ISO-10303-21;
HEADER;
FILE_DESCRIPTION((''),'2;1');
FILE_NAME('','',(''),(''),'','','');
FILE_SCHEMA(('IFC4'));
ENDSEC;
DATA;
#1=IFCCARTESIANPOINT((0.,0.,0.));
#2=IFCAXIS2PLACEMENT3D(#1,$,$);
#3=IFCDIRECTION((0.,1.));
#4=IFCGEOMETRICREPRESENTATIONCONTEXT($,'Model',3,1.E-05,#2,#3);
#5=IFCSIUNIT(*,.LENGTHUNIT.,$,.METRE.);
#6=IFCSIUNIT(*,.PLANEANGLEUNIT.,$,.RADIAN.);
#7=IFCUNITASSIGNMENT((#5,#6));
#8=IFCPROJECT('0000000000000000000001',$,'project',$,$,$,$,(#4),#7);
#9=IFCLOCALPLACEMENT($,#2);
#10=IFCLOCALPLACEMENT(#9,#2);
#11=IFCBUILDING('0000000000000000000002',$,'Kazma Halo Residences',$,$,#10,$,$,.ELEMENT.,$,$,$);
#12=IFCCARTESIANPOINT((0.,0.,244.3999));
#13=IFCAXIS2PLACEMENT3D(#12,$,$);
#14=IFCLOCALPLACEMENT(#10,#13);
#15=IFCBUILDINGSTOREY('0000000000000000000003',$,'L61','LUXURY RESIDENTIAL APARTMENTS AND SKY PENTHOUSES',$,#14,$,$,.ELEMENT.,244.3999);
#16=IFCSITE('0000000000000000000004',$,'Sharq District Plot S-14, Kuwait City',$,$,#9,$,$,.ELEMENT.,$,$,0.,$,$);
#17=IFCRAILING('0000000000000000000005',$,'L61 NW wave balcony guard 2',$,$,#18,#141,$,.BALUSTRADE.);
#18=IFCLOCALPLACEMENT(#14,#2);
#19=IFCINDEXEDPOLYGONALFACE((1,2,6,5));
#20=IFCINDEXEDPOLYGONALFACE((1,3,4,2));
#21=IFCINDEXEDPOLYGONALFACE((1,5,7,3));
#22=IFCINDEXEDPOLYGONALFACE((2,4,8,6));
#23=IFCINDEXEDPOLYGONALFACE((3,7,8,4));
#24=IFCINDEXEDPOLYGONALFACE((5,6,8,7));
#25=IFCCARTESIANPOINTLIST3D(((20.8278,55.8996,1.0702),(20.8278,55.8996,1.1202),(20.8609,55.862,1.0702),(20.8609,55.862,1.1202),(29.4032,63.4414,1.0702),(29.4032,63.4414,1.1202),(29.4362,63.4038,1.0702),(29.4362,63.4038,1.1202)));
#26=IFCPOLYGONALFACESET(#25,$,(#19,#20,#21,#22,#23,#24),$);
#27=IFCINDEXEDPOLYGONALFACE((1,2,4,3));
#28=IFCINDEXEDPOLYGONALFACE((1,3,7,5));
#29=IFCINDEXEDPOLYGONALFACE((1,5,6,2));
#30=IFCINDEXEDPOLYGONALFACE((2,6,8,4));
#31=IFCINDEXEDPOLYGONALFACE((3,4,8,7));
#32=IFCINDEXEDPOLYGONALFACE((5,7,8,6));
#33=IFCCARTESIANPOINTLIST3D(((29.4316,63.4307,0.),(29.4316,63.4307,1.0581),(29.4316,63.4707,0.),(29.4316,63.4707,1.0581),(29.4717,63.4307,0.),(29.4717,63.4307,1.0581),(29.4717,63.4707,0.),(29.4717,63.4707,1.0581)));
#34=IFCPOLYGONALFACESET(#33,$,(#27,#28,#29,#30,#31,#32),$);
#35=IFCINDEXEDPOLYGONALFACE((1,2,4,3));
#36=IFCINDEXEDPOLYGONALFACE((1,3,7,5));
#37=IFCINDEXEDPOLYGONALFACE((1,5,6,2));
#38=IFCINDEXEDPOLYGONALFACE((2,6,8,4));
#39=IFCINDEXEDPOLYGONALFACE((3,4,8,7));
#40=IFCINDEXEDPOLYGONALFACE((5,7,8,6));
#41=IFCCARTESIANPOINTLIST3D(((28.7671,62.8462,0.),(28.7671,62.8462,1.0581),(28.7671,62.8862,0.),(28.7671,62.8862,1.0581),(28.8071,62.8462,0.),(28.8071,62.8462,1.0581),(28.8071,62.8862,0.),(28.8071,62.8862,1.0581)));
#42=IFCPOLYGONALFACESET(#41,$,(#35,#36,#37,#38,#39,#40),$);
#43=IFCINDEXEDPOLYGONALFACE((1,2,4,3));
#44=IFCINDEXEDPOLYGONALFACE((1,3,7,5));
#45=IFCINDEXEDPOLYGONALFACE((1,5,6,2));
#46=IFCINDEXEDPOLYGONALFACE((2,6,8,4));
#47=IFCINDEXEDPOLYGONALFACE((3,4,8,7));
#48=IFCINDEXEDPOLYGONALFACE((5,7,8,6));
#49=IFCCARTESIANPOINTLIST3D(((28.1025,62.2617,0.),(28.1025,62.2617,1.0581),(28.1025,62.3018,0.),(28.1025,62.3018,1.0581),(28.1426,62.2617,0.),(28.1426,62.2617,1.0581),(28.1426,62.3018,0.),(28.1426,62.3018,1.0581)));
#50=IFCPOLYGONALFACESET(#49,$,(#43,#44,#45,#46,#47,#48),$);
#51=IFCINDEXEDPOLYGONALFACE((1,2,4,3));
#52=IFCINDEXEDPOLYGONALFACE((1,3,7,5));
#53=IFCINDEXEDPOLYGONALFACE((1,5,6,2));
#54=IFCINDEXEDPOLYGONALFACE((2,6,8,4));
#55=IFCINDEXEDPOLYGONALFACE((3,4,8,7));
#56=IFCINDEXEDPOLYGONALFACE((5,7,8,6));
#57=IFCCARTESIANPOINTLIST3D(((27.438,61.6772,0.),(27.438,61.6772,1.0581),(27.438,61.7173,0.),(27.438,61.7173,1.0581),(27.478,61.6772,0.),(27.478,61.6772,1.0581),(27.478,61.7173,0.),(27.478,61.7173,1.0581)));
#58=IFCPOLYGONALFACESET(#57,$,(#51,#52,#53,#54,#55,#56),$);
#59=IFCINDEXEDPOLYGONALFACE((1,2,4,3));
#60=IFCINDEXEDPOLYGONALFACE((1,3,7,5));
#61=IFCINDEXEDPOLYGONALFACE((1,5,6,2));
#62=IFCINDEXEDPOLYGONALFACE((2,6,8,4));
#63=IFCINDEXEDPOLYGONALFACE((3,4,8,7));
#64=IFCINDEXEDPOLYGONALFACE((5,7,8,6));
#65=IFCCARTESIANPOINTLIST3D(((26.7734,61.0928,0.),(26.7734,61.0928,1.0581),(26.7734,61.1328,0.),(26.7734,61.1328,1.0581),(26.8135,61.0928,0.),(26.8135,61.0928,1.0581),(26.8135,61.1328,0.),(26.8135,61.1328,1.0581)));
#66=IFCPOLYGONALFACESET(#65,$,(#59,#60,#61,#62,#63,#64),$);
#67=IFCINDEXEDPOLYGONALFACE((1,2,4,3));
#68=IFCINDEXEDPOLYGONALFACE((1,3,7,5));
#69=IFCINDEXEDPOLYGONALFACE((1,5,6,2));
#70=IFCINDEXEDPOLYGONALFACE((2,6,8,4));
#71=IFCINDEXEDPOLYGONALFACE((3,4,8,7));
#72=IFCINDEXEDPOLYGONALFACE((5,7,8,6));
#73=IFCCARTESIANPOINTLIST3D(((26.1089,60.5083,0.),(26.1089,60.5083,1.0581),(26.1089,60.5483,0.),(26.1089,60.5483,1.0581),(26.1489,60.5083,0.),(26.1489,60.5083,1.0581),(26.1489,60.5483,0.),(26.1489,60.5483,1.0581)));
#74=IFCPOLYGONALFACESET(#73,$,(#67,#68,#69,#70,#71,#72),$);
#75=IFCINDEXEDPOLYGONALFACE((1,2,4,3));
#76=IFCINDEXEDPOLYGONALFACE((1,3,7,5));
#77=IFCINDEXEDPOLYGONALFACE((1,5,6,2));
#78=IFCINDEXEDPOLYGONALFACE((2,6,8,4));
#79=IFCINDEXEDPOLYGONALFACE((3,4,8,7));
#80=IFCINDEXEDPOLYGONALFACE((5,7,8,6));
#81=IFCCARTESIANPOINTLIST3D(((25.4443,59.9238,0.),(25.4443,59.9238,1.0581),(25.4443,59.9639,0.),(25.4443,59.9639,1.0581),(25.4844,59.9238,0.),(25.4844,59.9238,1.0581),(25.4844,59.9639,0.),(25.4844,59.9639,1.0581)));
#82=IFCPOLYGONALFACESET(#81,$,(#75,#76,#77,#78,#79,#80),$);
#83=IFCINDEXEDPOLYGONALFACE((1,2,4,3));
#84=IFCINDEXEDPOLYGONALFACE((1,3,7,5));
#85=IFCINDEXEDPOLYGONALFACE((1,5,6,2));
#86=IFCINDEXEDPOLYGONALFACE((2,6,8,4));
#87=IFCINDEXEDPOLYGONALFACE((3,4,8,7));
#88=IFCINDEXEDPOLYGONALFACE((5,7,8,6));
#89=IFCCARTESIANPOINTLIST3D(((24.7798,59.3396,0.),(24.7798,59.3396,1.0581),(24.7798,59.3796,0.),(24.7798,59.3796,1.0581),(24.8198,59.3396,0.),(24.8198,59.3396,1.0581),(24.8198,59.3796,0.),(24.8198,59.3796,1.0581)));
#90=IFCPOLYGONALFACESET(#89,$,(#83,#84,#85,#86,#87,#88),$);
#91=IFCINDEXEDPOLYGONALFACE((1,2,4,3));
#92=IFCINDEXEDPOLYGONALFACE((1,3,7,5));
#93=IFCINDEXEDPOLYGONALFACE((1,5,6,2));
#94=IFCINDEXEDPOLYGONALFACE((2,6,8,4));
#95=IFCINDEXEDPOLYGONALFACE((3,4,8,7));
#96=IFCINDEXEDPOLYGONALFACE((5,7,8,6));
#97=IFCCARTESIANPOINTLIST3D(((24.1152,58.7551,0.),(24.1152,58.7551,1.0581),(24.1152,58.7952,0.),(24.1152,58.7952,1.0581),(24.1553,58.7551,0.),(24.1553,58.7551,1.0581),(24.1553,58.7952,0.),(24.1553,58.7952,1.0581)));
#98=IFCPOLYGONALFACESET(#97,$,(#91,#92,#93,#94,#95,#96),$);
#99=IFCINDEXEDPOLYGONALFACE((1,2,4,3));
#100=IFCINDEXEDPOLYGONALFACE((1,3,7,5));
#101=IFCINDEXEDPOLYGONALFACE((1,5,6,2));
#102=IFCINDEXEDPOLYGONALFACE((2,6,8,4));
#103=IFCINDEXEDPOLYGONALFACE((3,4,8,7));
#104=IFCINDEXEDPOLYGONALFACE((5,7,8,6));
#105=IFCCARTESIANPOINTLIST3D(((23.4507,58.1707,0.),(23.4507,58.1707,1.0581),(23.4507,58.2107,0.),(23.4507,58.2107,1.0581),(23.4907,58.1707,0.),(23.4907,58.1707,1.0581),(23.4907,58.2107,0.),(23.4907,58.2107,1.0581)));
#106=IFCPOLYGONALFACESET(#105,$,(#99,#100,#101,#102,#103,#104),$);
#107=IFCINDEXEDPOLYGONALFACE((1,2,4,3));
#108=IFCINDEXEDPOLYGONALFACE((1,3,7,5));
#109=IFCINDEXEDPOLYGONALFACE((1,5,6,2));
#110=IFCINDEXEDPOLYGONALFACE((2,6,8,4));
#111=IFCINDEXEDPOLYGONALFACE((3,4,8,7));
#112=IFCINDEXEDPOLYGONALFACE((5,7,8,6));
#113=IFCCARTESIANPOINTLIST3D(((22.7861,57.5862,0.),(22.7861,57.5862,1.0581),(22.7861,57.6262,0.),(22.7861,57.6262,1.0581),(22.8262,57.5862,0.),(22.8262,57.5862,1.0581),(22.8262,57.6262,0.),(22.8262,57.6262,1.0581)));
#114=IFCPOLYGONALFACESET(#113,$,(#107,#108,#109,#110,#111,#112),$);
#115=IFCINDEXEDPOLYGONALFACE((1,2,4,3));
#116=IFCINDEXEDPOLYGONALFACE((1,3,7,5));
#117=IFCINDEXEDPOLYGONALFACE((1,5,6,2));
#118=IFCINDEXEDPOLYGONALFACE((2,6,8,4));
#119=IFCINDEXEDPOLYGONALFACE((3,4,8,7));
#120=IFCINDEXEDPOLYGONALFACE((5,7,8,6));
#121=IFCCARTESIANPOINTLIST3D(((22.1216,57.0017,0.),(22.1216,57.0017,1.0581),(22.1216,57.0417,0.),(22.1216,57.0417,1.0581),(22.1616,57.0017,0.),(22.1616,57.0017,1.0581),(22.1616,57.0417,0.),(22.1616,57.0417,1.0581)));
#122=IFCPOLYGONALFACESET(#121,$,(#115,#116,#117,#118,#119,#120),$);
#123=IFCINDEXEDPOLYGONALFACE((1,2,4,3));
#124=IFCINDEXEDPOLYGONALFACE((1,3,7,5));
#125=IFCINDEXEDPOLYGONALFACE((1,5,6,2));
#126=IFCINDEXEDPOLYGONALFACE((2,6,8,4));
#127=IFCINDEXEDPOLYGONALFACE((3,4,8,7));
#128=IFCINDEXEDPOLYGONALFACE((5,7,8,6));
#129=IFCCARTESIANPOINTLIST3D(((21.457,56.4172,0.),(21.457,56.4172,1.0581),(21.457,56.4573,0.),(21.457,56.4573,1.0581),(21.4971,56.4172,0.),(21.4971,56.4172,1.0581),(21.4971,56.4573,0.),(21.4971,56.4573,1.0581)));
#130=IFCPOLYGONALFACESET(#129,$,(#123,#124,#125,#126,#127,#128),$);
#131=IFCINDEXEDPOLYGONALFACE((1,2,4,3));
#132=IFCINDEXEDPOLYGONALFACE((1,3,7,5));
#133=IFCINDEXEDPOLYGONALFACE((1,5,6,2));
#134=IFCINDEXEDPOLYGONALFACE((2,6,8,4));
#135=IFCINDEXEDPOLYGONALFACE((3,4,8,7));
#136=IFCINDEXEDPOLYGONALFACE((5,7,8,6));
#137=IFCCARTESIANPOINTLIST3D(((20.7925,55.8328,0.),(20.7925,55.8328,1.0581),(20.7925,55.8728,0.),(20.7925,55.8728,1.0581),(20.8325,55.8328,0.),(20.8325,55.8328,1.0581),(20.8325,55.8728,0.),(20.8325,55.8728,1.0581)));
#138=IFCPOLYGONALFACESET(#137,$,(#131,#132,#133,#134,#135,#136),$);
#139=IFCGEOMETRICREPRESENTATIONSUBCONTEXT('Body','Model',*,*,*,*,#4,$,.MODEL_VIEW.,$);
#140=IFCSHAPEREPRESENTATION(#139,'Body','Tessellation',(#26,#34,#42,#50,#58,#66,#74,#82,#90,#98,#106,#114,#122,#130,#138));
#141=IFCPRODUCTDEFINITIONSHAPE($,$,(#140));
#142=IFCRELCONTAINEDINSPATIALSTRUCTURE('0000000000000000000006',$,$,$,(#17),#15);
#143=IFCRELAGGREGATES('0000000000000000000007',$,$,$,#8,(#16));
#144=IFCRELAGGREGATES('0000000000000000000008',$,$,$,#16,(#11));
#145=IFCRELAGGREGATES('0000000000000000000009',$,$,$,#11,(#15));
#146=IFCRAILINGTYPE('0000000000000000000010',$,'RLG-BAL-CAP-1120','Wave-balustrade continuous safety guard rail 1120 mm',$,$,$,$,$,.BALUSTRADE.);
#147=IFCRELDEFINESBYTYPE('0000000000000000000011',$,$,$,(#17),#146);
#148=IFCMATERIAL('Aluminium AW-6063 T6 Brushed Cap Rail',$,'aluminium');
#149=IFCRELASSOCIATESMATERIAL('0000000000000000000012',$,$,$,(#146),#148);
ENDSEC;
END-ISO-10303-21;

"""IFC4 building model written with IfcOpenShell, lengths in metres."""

from ifc_helpers import new_model, si_unit, direction, frame, origin, origin_2d, place, context, subcontext, project, spatial, rectangle, extrude, material, type_object, element, save


model = new_model("IFC4")

# Units and contexts
model_context = context("Model", 3, precision=1e-05, world=origin(), true_north=direction((0.0, 1.0)))
body_context = subcontext(model_context, "Body", "Model", "MODEL_VIEW")
ifc_project = project(units=[si_unit("LENGTHUNIT", "METRE"), si_unit("PLANEANGLEUNIT", "RADIAN")], contexts=[model_context])

# Site, building, storey
site_placement = place(None, origin())
site = spatial("IfcSite", under=ifc_project, at=site_placement, Name="Sharq District Plot S-14, Kuwait City", CompositionType="ELEMENT", RefElevation=0.0)
building_placement = place(site_placement, origin())
building = spatial("IfcBuilding", under=site, at=building_placement, Name="Kazma Halo Residences", CompositionType="ELEMENT")
storey_placement = place(building_placement, frame((0.0, 0.0, 244.3999)))
storey = spatial("IfcBuildingStorey", under=building, at=storey_placement, Name="L61", Description="LUXURY RESIDENTIAL APARTMENTS AND SKY PENTHOUSES", CompositionType="ELEMENT", Elevation=244.3999)

# Railing
ifc_material_1 = material(Name="Aluminium AW-6063 T6 Brushed Cap Rail", Category="aluminium")
railing_type = type_object("IfcRailingType", Name="RLG-BAL-CAP-1120", Description="Wave-balustrade continuous safety guard rail 1120 mm", PredefinedType="BALUSTRADE", material=ifc_material_1)
railing_1_placement = place(storey_placement, frame((29.4517, 63.4507, 0.0)))
element("IfcRailing", 1, at=railing_1_placement, inside=storey, type_object=railing_type, Name="L61 NW wave balcony guard 2", PredefinedType="BALUSTRADE", context=body_context, shape_type="SweptSolid", body=[
    extrude(rectangle(XDim=0.05, YDim=0.05, at=origin_2d()), frame((-0.032, -0.0281, 1.0952), z_axis=(-0.75091, -0.660404, 0.0), x_axis=(0.660404, -0.75091, 0.0)), (0.0, 0.0, 1.0), 11.4199),
    extrude(rectangle(XDim=0.04, YDim=0.04, at=origin_2d()), origin(), (0.0, 0.0, 1.0), 1.0581),
    extrude(rectangle(XDim=0.04, YDim=0.04, at=origin_2d()), frame((-0.6646, -0.5845, 0.0)), (0.0, 0.0, 1.0), 1.0581),
    extrude(rectangle(XDim=0.04, YDim=0.04, at=origin_2d()), frame((-1.3291, -1.1689, 0.0)), (0.0, 0.0, 1.0), 1.0581),
    extrude(rectangle(XDim=0.04, YDim=0.04, at=origin_2d()), frame((-1.9937, -1.7534, 0.0)), (0.0, 0.0, 1.0), 1.0581),
    extrude(rectangle(XDim=0.04, YDim=0.04, at=origin_2d()), frame((-2.6582, -2.3379, 0.0)), (0.0, 0.0, 1.0), 1.0581),
    extrude(rectangle(XDim=0.04, YDim=0.04, at=origin_2d()), frame((-3.3228, -2.9224, 0.0)), (0.0, 0.0, 1.0), 1.0581),
    extrude(rectangle(XDim=0.04, YDim=0.04, at=origin_2d()), frame((-3.9873, -3.5068, 0.0)), (0.0, 0.0, 1.0), 1.0581),
    extrude(rectangle(XDim=0.04, YDim=0.04, at=origin_2d()), frame((-4.6519, -4.0911, 0.0)), (0.0, 0.0, 1.0), 1.0581),
    extrude(rectangle(XDim=0.04, YDim=0.04, at=origin_2d()), frame((-5.3164, -4.6755, 0.0)), (0.0, 0.0, 1.0), 1.0581),
    extrude(rectangle(XDim=0.04, YDim=0.04, at=origin_2d()), frame((-5.981, -5.26, 0.0)), (0.0, 0.0, 1.0), 1.0581),
    extrude(rectangle(XDim=0.04, YDim=0.04, at=origin_2d()), frame((-6.6455, -5.8445, 0.0)), (0.0, 0.0, 1.0), 1.0581),
    extrude(rectangle(XDim=0.04, YDim=0.04, at=origin_2d()), frame((-7.3101, -6.429, 0.0)), (0.0, 0.0, 1.0), 1.0581),
    extrude(rectangle(XDim=0.04, YDim=0.04, at=origin_2d()), frame((-7.9746, -7.0134, 0.0)), (0.0, 0.0, 1.0), 1.0581),
    extrude(rectangle(XDim=0.04, YDim=0.04, at=origin_2d()), frame((-8.6392, -7.5979, 0.0)), (0.0, 0.0, 1.0), 1.0581),
])

save(model, "model.ifc")
